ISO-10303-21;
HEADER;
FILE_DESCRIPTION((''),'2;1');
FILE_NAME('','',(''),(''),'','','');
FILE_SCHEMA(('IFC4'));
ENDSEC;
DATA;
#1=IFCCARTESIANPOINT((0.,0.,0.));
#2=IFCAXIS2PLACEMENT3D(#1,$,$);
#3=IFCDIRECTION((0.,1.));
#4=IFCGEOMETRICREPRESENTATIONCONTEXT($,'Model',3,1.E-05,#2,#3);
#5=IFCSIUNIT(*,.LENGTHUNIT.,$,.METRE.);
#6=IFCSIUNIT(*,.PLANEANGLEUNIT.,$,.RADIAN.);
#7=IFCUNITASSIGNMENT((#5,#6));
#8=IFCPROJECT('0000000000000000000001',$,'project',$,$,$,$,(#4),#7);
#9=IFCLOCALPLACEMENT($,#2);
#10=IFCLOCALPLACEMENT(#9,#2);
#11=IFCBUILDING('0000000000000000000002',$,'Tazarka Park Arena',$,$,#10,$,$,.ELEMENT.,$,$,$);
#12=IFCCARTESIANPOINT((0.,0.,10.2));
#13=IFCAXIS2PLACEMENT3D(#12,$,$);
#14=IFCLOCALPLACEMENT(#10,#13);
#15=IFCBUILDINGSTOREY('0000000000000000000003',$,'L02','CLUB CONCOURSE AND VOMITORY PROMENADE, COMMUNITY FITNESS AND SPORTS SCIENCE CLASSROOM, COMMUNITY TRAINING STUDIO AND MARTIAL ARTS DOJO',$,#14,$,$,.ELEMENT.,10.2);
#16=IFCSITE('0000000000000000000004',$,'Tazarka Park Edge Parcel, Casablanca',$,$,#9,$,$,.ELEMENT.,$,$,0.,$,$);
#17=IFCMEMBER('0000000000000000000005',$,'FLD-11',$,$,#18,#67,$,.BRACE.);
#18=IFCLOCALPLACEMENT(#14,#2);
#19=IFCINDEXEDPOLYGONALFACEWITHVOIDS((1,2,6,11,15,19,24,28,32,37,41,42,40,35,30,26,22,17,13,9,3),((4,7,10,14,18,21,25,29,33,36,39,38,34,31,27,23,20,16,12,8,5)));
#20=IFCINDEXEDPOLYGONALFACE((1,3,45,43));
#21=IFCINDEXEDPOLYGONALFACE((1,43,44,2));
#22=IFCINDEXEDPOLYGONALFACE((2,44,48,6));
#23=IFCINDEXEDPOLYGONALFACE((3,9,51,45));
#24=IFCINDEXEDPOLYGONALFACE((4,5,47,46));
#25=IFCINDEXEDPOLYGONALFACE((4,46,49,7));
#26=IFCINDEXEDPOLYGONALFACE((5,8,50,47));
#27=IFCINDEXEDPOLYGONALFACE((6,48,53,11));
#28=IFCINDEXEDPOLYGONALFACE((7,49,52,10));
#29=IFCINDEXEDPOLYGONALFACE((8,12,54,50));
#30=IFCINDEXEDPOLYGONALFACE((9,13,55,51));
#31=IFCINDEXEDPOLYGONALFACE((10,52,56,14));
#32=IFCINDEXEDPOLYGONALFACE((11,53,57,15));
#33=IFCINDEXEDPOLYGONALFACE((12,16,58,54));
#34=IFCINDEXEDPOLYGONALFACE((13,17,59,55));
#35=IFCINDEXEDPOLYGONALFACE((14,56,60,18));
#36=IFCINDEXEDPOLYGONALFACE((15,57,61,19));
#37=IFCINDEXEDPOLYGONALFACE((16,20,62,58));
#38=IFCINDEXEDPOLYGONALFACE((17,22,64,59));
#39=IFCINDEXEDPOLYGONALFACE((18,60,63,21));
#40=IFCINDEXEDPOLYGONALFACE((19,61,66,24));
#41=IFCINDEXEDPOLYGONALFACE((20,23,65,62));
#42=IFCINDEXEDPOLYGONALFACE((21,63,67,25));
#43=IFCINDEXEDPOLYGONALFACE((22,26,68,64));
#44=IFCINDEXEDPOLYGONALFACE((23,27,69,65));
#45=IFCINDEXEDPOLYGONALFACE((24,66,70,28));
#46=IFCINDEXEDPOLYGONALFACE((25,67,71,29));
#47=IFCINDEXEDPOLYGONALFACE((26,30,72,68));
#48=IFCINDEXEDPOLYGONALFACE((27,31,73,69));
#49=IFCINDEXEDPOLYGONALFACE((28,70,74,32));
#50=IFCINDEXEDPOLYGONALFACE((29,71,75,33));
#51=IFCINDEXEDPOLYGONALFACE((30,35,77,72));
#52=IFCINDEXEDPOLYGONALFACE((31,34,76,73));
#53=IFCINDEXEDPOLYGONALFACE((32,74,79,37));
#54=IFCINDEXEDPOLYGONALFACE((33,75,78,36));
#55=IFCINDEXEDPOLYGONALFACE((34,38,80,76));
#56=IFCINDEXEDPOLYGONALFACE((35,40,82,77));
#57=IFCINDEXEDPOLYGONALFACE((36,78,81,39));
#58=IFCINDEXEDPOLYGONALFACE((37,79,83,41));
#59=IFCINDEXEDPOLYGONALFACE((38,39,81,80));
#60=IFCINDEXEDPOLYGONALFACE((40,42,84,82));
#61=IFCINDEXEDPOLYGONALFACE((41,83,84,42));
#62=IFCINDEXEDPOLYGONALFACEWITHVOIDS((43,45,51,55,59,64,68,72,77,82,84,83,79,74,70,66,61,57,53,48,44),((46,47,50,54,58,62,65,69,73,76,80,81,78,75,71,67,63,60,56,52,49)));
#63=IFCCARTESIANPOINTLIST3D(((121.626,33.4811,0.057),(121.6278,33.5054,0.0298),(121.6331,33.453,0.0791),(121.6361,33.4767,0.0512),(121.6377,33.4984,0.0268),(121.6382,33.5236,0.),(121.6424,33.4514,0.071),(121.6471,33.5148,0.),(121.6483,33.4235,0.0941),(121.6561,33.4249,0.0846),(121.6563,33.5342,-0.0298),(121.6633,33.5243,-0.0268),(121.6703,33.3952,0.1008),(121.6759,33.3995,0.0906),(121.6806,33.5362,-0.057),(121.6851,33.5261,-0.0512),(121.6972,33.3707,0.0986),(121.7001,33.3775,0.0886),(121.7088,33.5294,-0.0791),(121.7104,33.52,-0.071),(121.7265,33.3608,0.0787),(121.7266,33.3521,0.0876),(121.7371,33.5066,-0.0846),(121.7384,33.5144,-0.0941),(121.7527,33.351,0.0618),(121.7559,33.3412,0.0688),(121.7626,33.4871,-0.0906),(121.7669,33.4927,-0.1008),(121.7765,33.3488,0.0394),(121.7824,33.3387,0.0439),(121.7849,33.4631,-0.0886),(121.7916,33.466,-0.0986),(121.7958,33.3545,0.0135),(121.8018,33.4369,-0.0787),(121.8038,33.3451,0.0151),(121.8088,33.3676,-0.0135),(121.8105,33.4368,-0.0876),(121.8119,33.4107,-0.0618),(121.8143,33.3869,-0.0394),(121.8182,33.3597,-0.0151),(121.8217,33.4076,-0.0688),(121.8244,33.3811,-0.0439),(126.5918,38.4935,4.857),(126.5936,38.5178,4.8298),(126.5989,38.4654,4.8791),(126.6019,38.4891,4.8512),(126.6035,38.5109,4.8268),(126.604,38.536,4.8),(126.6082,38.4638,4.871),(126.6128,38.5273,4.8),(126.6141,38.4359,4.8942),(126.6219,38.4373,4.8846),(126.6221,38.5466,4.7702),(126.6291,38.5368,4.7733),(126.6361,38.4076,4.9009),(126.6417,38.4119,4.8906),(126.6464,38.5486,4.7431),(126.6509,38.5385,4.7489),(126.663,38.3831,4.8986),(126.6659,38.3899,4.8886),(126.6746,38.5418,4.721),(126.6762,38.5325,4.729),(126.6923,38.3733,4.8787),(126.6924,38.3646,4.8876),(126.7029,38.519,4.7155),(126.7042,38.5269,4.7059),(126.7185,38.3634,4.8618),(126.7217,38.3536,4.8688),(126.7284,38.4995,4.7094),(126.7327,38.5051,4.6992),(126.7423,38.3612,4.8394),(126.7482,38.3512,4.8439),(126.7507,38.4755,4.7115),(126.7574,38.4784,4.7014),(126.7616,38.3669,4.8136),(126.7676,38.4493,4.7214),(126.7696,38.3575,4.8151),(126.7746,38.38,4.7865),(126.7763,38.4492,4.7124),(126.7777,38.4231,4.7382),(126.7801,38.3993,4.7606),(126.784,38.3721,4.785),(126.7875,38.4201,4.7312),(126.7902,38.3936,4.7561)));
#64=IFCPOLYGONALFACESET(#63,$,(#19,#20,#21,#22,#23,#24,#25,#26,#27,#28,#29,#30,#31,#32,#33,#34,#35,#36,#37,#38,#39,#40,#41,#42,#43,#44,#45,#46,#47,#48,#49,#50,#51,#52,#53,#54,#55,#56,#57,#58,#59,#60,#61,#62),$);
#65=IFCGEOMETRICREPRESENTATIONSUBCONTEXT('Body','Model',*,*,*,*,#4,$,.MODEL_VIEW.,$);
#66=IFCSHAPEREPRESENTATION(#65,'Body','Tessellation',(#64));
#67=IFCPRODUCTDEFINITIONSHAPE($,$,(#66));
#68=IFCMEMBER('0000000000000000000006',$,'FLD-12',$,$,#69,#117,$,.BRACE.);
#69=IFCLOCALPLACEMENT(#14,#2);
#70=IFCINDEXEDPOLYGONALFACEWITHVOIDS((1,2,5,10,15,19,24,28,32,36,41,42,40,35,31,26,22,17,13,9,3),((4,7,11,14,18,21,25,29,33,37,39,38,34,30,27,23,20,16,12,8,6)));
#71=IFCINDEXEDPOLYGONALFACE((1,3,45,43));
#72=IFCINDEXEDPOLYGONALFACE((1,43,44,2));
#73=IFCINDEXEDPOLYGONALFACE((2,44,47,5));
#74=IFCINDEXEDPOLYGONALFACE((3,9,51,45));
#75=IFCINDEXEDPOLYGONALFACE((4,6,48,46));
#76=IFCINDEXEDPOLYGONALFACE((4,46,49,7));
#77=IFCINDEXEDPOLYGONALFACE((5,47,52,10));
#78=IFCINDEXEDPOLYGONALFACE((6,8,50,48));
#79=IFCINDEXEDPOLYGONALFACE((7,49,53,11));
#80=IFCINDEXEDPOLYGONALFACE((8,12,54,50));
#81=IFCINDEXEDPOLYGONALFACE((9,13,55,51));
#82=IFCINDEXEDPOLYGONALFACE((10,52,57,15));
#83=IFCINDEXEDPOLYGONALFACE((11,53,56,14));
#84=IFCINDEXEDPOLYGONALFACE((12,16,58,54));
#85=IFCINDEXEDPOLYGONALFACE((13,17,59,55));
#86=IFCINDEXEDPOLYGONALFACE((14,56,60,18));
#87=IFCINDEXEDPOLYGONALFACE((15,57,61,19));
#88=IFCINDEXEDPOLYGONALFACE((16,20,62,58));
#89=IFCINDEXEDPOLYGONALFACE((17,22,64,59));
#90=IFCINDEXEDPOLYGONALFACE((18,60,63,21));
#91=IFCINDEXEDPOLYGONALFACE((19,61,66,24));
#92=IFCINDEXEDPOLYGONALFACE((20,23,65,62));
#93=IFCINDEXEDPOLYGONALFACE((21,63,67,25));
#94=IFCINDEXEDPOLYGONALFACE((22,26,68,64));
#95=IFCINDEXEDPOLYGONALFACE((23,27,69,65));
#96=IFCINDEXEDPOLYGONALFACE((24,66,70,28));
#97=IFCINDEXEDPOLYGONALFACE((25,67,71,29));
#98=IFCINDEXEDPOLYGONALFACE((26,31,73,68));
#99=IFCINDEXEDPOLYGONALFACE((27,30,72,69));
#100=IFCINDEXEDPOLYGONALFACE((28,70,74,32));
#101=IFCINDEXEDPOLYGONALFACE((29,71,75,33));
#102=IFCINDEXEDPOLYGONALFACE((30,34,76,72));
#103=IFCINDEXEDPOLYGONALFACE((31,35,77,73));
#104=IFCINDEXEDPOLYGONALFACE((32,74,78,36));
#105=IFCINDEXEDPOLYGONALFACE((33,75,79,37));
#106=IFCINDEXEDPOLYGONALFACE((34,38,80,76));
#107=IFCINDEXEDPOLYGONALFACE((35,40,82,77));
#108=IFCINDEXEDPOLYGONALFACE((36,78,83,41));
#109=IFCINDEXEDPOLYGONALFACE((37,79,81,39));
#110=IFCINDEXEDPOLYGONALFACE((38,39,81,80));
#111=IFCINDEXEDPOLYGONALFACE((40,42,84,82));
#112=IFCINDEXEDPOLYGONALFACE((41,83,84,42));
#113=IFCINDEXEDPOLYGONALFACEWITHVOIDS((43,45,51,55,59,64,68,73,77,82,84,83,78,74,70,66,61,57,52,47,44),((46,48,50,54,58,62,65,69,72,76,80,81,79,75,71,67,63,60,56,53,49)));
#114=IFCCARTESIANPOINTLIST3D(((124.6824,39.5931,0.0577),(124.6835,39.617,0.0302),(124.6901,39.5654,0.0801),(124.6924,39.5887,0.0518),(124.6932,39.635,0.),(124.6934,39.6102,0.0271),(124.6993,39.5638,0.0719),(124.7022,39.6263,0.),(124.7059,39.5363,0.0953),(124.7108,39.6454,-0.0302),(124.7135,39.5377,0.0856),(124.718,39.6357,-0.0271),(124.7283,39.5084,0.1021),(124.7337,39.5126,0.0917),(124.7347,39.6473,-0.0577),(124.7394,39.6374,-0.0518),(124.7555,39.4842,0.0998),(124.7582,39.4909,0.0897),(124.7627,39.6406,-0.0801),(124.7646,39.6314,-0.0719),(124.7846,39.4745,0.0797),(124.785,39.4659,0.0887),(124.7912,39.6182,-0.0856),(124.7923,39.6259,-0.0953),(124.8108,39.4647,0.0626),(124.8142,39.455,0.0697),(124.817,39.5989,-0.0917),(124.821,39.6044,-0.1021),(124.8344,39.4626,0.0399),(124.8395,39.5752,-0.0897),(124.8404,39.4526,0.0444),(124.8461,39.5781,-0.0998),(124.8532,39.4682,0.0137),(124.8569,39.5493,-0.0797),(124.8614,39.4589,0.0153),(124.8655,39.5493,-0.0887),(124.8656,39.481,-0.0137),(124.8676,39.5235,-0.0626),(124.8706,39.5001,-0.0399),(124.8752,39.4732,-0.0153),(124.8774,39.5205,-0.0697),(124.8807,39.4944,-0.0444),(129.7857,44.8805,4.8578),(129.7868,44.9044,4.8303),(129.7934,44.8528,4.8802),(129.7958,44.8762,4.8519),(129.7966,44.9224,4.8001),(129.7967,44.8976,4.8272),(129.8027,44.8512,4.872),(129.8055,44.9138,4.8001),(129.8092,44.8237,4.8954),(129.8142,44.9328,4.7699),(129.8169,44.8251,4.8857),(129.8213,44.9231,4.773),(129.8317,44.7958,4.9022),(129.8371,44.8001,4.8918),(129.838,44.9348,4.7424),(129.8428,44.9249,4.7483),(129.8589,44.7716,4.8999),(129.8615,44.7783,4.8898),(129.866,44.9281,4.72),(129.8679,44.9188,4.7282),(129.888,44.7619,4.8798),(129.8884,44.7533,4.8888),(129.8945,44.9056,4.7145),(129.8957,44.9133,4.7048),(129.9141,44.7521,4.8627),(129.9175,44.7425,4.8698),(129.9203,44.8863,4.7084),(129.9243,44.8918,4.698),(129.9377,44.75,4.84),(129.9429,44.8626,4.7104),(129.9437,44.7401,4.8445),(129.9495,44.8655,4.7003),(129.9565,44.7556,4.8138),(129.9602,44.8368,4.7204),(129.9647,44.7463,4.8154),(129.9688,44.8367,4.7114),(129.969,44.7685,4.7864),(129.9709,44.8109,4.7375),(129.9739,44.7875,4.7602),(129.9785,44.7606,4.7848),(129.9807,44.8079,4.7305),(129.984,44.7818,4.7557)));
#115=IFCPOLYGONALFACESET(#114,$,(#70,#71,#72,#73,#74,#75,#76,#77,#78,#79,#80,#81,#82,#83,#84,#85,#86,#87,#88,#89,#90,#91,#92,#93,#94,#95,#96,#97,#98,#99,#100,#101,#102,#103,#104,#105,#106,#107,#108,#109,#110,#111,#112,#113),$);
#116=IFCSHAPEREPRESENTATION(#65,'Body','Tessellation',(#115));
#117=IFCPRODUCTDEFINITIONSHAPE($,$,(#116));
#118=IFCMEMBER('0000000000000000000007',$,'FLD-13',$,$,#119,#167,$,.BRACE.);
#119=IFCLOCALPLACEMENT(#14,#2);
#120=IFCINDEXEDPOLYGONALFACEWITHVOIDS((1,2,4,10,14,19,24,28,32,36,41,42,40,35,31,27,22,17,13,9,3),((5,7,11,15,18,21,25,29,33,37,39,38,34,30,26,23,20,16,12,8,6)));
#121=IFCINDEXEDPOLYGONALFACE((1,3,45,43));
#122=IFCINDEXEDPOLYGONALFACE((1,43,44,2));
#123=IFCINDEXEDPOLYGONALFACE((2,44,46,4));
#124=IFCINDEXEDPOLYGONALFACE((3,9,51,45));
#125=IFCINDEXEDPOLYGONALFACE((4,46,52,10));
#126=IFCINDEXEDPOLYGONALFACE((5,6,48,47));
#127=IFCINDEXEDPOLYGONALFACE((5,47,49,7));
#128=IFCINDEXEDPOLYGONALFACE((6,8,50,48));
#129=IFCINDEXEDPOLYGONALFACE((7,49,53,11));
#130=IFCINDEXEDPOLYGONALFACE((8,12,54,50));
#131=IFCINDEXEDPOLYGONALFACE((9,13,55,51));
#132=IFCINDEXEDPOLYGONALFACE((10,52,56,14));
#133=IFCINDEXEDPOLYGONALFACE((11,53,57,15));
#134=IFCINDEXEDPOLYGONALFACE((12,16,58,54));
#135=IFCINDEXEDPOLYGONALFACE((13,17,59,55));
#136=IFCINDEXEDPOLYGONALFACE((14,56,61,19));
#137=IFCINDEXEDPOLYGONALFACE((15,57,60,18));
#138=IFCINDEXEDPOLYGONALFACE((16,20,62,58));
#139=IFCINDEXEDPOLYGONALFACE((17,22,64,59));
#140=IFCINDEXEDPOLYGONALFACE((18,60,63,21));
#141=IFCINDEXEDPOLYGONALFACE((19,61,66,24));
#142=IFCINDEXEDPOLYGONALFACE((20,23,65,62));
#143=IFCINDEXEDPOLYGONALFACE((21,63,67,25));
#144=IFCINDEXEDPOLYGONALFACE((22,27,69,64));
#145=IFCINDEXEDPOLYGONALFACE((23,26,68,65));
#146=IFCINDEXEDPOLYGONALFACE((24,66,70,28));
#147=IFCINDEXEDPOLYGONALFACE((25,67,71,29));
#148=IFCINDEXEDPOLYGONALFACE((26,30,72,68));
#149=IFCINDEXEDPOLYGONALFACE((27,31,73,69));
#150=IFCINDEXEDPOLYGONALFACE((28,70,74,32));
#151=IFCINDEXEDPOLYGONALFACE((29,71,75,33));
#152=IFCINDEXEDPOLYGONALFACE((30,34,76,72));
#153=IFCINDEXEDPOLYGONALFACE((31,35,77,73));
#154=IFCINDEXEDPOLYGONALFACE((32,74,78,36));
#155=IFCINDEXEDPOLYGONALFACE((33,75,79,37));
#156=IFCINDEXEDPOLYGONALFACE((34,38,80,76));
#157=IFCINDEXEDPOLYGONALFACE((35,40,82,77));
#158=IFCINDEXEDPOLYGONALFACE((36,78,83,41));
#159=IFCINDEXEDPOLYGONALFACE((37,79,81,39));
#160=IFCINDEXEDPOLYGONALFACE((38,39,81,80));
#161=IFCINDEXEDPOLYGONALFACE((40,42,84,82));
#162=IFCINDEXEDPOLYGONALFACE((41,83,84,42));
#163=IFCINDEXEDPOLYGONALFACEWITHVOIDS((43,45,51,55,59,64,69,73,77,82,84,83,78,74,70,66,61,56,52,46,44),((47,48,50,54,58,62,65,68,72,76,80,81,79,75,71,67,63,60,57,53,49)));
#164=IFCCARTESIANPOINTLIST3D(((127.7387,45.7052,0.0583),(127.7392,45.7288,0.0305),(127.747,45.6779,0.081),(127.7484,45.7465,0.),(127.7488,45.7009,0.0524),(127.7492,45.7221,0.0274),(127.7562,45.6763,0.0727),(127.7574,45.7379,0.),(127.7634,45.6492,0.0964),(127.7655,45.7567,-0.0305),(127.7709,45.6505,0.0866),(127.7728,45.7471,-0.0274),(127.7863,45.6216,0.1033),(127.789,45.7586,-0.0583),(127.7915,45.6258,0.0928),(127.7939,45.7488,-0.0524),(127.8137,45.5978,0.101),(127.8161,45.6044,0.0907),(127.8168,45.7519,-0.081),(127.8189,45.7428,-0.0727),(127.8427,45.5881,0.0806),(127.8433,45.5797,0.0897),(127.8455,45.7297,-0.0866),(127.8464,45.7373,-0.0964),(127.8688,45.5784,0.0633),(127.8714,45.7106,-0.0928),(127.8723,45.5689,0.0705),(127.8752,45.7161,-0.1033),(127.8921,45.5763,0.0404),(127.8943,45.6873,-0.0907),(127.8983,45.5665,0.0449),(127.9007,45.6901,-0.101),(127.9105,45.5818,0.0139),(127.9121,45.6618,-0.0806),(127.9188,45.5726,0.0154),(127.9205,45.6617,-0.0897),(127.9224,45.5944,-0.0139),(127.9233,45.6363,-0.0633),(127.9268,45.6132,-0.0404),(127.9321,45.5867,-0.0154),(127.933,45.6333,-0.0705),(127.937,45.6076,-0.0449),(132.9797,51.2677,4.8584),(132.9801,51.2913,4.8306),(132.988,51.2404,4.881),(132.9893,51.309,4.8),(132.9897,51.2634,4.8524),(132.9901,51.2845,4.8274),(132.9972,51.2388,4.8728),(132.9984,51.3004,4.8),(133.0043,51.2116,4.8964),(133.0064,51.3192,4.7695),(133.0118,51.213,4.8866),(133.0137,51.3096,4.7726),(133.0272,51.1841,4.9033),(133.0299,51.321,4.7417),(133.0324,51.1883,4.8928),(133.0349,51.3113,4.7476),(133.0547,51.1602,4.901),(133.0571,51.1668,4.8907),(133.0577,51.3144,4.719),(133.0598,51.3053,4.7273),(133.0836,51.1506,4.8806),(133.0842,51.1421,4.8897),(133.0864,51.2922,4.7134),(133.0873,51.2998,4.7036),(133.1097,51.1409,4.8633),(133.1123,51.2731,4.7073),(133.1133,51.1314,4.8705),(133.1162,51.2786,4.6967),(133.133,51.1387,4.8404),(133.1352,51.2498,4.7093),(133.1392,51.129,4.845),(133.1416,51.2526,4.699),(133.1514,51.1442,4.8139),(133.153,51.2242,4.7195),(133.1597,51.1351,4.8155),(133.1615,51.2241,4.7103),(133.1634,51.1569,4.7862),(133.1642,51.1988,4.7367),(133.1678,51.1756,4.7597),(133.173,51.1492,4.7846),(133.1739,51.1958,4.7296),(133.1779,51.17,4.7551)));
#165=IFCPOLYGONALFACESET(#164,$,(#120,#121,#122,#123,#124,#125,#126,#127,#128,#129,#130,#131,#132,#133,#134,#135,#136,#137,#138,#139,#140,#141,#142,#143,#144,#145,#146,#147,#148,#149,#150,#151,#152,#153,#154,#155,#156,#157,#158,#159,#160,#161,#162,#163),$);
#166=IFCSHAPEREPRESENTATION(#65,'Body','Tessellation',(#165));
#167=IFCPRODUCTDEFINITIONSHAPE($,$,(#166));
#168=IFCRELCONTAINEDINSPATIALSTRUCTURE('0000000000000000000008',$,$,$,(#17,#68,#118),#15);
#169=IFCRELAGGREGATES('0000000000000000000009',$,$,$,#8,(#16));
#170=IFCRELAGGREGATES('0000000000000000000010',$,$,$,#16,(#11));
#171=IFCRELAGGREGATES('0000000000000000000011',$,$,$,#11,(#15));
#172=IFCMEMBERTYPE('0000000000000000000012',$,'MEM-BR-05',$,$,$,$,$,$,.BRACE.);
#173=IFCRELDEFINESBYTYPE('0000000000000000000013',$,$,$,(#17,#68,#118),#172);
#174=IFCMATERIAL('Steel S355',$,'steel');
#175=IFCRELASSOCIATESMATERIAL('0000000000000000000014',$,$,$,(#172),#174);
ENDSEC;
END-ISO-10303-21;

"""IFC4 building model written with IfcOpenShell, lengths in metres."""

from ifc_helpers import new_model, si_unit, direction, frame, origin, origin_2d, place, context, subcontext, project, spatial, hollow_circle, extrude, material, material_profile, profile_set, type_object, element, save


model = new_model("IFC4")

# Units and contexts
model_context = context("Model", 3, precision=1e-05, world=origin(), true_north=direction((0.0, 1.0)))
body_context = subcontext(model_context, "Body", "Model", "MODEL_VIEW")
ifc_project = project(units=[si_unit("LENGTHUNIT", "METRE"), si_unit("PLANEANGLEUNIT", "RADIAN")], contexts=[model_context])

# Site, building, storey
site_placement = place(None, origin())
site = spatial("IfcSite", under=ifc_project, at=site_placement, Name="Tazarka Park Edge Parcel, Casablanca", CompositionType="ELEMENT", RefElevation=0.0)
building_placement = place(site_placement, origin())
building = spatial("IfcBuilding", under=site, at=building_placement, Name="Tazarka Park Arena", CompositionType="ELEMENT")
storey_placement = place(building_placement, frame((0.0, 0.0, 10.2)))
storey = spatial("IfcBuildingStorey", under=building, at=storey_placement, Name="L02", Description="CLUB CONCOURSE AND VOMITORY PROMENADE, COMMUNITY FITNESS AND SPORTS SCIENCE CLASSROOM, COMMUNITY TRAINING STUDIO AND MARTIAL ARTS DOJO", CompositionType="ELEMENT", Elevation=10.2)

# Members
ifc_material_1 = material(Name="Steel S355", Category="steel")
ifc_material_profile_1 = material_profile(ifc_material_1, hollow_circle(Radius=0.1223, WallThickness=0.0125, at=origin_2d()), Name="Steel S355")
ifc_profile_set_1 = profile_set([ifc_material_profile_1], Name="Steel S355")
member_type_1 = type_object("IfcMemberType", Name="MEM-BR-05", PredefinedType="BRACE", material=ifc_profile_set_1)
member_1_placement = place(storey_placement, frame((121.7251, 33.4375, 0.0), z_axis=(0.581905, 0.587369, 0.56248), x_axis=(-0.710404, 0.703795, 0.0)))
element("IfcMember", 1, at=member_1_placement, inside=storey, type_object=member_type_1, Name="FLD-11", PredefinedType="BRACE", context=body_context, shape_type="SweptSolid", body=[
    extrude(hollow_circle(Radius=0.1223, WallThickness=0.0125, at=origin_2d()), origin(), (0.0, 0.0, 1.0), 8.5337),
])
member_2_placement = place(storey_placement, frame((124.7812, 39.55, 0.0), z_axis=(0.581421, 0.602394, 0.546874), x_axis=(-0.719521, 0.694471, 0.0)))
element("IfcMember", 2, at=member_2_placement, inside=storey, type_object=member_type_1, Name="FLD-12", PredefinedType="BRACE", context=body_context, shape_type="SweptSolid", body=[
    extrude(hollow_circle(Radius=0.1223, WallThickness=0.0125, at=origin_2d()), origin(), (0.0, 0.0, 1.0), 8.7773),
])
member_3_placement = place(storey_placement, frame((127.8374, 45.6626, 0.0), z_axis=(0.58072, 0.616347, 0.531865), x_axis=(-0.727829, 0.685758, 0.0)))
element("IfcMember", 3, at=member_3_placement, inside=storey, type_object=member_type_1, Name="FLD-13", PredefinedType="BRACE", context=body_context, shape_type="SweptSolid", body=[
    extrude(hollow_circle(Radius=0.1223, WallThickness=0.0125, at=origin_2d()), origin(), (0.0, 0.0, 1.0), 9.0249),
])

save(model, "model.ifc")
